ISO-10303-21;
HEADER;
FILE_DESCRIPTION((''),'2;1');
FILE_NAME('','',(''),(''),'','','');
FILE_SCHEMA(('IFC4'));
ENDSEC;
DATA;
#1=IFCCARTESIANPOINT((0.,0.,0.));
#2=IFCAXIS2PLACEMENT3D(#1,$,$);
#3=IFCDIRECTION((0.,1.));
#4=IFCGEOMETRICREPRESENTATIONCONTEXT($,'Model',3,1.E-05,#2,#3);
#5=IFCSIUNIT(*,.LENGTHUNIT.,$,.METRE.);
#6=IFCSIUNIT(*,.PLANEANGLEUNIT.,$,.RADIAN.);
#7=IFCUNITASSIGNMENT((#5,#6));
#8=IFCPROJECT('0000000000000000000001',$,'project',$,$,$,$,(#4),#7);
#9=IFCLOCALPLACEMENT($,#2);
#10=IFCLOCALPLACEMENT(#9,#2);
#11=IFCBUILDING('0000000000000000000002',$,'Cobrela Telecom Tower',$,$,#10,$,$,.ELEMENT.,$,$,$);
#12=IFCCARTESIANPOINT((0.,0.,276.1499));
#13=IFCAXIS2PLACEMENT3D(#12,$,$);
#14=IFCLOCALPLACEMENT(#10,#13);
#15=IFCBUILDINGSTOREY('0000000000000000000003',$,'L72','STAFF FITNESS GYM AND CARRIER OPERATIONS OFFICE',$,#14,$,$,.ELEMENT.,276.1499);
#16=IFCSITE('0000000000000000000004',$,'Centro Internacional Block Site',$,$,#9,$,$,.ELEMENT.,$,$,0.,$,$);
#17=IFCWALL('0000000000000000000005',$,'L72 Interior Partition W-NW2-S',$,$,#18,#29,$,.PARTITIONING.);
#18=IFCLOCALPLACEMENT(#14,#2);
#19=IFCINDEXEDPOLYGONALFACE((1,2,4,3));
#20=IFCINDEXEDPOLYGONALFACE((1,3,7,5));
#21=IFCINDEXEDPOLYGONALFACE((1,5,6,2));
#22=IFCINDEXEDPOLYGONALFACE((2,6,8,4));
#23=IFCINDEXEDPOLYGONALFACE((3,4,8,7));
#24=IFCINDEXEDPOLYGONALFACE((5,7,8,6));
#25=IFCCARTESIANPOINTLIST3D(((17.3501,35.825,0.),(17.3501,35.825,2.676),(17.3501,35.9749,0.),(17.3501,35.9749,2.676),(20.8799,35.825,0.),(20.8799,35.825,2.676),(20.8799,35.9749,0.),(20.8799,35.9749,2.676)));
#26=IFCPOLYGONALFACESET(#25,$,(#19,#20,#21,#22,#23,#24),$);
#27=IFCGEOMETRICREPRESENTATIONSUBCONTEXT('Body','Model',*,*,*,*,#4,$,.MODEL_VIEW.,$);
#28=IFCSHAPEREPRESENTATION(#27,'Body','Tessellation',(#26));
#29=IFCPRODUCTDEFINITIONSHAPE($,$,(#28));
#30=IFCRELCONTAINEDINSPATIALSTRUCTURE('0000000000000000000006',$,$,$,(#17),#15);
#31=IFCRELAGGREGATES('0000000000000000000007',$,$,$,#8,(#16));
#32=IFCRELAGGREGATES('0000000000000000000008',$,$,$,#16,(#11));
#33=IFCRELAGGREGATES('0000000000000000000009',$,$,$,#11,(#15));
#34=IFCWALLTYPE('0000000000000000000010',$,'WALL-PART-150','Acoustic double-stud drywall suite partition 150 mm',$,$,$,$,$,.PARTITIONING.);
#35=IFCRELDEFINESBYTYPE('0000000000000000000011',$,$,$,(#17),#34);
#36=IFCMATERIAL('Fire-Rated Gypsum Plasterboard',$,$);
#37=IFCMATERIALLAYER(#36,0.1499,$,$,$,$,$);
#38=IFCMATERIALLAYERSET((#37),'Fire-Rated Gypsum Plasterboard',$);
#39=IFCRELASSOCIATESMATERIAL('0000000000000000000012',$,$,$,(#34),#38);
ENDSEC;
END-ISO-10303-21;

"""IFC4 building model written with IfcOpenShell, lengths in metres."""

from ifc_helpers import new_model, si_unit, direction, frame, frame_2d, origin, place, context, subcontext, project, spatial, rectangle, extrude, material, layer, layer_set, type_object, element, save


model = new_model("IFC4")

# Units and contexts
model_context = context("Model", 3, precision=1e-05, world=origin(), true_north=direction((0.0, 1.0)))
body_context = subcontext(model_context, "Body", "Model", "MODEL_VIEW")
ifc_project = project(units=[si_unit("LENGTHUNIT", "METRE"), si_unit("PLANEANGLEUNIT", "RADIAN")], contexts=[model_context])

# Site, building, storey
site_placement = place(None, origin())
site = spatial("IfcSite", under=ifc_project, at=site_placement, Name="Centro Internacional Block Site", CompositionType="ELEMENT", RefElevation=0.0)
building_placement = place(site_placement, origin())
building = spatial("IfcBuilding", under=site, at=building_placement, Name="Cobrela Telecom Tower", CompositionType="ELEMENT")
storey_placement = place(building_placement, frame((0.0, 0.0, 276.1499)))
storey = spatial("IfcBuildingStorey", under=building, at=storey_placement, Name="L72", Description="STAFF FITNESS GYM AND CARRIER OPERATIONS OFFICE", CompositionType="ELEMENT", Elevation=276.1499)

# Shared definitions
ifc_material_1 = material(Name="Fire-Rated Gypsum Plasterboard")

# Wall
ifc_layer_1 = layer(ifc_material_1, 0.1499)
ifc_layer_set_1 = layer_set([ifc_layer_1], Name="Fire-Rated Gypsum Plasterboard")
wall_type_1 = type_object("IfcWallType", Name="WALL-PART-150", Description="Acoustic double-stud drywall suite partition 150 mm", PredefinedType="PARTITIONING", material=ifc_layer_set_1)
wall_1_placement = place(storey_placement, frame((17.3501, 35.8999, 0.0), z_axis=(0.0, 0.0, 1.0), x_axis=(1.0, 0.0, 0.0)))
element("IfcWall", 1, at=wall_1_placement, inside=storey, type_object=wall_type_1, Name="L72 Interior Partition W-NW2-S", PredefinedType="PARTITIONING", context=body_context, shape_type="SweptSolid", body=[
    extrude(rectangle(XDim=3.5298, YDim=0.1499, at=frame_2d((1.7649, 0.0))), origin(), (0.0, 0.0, 1.0), 2.676),
])

save(model, "model.ifc")
